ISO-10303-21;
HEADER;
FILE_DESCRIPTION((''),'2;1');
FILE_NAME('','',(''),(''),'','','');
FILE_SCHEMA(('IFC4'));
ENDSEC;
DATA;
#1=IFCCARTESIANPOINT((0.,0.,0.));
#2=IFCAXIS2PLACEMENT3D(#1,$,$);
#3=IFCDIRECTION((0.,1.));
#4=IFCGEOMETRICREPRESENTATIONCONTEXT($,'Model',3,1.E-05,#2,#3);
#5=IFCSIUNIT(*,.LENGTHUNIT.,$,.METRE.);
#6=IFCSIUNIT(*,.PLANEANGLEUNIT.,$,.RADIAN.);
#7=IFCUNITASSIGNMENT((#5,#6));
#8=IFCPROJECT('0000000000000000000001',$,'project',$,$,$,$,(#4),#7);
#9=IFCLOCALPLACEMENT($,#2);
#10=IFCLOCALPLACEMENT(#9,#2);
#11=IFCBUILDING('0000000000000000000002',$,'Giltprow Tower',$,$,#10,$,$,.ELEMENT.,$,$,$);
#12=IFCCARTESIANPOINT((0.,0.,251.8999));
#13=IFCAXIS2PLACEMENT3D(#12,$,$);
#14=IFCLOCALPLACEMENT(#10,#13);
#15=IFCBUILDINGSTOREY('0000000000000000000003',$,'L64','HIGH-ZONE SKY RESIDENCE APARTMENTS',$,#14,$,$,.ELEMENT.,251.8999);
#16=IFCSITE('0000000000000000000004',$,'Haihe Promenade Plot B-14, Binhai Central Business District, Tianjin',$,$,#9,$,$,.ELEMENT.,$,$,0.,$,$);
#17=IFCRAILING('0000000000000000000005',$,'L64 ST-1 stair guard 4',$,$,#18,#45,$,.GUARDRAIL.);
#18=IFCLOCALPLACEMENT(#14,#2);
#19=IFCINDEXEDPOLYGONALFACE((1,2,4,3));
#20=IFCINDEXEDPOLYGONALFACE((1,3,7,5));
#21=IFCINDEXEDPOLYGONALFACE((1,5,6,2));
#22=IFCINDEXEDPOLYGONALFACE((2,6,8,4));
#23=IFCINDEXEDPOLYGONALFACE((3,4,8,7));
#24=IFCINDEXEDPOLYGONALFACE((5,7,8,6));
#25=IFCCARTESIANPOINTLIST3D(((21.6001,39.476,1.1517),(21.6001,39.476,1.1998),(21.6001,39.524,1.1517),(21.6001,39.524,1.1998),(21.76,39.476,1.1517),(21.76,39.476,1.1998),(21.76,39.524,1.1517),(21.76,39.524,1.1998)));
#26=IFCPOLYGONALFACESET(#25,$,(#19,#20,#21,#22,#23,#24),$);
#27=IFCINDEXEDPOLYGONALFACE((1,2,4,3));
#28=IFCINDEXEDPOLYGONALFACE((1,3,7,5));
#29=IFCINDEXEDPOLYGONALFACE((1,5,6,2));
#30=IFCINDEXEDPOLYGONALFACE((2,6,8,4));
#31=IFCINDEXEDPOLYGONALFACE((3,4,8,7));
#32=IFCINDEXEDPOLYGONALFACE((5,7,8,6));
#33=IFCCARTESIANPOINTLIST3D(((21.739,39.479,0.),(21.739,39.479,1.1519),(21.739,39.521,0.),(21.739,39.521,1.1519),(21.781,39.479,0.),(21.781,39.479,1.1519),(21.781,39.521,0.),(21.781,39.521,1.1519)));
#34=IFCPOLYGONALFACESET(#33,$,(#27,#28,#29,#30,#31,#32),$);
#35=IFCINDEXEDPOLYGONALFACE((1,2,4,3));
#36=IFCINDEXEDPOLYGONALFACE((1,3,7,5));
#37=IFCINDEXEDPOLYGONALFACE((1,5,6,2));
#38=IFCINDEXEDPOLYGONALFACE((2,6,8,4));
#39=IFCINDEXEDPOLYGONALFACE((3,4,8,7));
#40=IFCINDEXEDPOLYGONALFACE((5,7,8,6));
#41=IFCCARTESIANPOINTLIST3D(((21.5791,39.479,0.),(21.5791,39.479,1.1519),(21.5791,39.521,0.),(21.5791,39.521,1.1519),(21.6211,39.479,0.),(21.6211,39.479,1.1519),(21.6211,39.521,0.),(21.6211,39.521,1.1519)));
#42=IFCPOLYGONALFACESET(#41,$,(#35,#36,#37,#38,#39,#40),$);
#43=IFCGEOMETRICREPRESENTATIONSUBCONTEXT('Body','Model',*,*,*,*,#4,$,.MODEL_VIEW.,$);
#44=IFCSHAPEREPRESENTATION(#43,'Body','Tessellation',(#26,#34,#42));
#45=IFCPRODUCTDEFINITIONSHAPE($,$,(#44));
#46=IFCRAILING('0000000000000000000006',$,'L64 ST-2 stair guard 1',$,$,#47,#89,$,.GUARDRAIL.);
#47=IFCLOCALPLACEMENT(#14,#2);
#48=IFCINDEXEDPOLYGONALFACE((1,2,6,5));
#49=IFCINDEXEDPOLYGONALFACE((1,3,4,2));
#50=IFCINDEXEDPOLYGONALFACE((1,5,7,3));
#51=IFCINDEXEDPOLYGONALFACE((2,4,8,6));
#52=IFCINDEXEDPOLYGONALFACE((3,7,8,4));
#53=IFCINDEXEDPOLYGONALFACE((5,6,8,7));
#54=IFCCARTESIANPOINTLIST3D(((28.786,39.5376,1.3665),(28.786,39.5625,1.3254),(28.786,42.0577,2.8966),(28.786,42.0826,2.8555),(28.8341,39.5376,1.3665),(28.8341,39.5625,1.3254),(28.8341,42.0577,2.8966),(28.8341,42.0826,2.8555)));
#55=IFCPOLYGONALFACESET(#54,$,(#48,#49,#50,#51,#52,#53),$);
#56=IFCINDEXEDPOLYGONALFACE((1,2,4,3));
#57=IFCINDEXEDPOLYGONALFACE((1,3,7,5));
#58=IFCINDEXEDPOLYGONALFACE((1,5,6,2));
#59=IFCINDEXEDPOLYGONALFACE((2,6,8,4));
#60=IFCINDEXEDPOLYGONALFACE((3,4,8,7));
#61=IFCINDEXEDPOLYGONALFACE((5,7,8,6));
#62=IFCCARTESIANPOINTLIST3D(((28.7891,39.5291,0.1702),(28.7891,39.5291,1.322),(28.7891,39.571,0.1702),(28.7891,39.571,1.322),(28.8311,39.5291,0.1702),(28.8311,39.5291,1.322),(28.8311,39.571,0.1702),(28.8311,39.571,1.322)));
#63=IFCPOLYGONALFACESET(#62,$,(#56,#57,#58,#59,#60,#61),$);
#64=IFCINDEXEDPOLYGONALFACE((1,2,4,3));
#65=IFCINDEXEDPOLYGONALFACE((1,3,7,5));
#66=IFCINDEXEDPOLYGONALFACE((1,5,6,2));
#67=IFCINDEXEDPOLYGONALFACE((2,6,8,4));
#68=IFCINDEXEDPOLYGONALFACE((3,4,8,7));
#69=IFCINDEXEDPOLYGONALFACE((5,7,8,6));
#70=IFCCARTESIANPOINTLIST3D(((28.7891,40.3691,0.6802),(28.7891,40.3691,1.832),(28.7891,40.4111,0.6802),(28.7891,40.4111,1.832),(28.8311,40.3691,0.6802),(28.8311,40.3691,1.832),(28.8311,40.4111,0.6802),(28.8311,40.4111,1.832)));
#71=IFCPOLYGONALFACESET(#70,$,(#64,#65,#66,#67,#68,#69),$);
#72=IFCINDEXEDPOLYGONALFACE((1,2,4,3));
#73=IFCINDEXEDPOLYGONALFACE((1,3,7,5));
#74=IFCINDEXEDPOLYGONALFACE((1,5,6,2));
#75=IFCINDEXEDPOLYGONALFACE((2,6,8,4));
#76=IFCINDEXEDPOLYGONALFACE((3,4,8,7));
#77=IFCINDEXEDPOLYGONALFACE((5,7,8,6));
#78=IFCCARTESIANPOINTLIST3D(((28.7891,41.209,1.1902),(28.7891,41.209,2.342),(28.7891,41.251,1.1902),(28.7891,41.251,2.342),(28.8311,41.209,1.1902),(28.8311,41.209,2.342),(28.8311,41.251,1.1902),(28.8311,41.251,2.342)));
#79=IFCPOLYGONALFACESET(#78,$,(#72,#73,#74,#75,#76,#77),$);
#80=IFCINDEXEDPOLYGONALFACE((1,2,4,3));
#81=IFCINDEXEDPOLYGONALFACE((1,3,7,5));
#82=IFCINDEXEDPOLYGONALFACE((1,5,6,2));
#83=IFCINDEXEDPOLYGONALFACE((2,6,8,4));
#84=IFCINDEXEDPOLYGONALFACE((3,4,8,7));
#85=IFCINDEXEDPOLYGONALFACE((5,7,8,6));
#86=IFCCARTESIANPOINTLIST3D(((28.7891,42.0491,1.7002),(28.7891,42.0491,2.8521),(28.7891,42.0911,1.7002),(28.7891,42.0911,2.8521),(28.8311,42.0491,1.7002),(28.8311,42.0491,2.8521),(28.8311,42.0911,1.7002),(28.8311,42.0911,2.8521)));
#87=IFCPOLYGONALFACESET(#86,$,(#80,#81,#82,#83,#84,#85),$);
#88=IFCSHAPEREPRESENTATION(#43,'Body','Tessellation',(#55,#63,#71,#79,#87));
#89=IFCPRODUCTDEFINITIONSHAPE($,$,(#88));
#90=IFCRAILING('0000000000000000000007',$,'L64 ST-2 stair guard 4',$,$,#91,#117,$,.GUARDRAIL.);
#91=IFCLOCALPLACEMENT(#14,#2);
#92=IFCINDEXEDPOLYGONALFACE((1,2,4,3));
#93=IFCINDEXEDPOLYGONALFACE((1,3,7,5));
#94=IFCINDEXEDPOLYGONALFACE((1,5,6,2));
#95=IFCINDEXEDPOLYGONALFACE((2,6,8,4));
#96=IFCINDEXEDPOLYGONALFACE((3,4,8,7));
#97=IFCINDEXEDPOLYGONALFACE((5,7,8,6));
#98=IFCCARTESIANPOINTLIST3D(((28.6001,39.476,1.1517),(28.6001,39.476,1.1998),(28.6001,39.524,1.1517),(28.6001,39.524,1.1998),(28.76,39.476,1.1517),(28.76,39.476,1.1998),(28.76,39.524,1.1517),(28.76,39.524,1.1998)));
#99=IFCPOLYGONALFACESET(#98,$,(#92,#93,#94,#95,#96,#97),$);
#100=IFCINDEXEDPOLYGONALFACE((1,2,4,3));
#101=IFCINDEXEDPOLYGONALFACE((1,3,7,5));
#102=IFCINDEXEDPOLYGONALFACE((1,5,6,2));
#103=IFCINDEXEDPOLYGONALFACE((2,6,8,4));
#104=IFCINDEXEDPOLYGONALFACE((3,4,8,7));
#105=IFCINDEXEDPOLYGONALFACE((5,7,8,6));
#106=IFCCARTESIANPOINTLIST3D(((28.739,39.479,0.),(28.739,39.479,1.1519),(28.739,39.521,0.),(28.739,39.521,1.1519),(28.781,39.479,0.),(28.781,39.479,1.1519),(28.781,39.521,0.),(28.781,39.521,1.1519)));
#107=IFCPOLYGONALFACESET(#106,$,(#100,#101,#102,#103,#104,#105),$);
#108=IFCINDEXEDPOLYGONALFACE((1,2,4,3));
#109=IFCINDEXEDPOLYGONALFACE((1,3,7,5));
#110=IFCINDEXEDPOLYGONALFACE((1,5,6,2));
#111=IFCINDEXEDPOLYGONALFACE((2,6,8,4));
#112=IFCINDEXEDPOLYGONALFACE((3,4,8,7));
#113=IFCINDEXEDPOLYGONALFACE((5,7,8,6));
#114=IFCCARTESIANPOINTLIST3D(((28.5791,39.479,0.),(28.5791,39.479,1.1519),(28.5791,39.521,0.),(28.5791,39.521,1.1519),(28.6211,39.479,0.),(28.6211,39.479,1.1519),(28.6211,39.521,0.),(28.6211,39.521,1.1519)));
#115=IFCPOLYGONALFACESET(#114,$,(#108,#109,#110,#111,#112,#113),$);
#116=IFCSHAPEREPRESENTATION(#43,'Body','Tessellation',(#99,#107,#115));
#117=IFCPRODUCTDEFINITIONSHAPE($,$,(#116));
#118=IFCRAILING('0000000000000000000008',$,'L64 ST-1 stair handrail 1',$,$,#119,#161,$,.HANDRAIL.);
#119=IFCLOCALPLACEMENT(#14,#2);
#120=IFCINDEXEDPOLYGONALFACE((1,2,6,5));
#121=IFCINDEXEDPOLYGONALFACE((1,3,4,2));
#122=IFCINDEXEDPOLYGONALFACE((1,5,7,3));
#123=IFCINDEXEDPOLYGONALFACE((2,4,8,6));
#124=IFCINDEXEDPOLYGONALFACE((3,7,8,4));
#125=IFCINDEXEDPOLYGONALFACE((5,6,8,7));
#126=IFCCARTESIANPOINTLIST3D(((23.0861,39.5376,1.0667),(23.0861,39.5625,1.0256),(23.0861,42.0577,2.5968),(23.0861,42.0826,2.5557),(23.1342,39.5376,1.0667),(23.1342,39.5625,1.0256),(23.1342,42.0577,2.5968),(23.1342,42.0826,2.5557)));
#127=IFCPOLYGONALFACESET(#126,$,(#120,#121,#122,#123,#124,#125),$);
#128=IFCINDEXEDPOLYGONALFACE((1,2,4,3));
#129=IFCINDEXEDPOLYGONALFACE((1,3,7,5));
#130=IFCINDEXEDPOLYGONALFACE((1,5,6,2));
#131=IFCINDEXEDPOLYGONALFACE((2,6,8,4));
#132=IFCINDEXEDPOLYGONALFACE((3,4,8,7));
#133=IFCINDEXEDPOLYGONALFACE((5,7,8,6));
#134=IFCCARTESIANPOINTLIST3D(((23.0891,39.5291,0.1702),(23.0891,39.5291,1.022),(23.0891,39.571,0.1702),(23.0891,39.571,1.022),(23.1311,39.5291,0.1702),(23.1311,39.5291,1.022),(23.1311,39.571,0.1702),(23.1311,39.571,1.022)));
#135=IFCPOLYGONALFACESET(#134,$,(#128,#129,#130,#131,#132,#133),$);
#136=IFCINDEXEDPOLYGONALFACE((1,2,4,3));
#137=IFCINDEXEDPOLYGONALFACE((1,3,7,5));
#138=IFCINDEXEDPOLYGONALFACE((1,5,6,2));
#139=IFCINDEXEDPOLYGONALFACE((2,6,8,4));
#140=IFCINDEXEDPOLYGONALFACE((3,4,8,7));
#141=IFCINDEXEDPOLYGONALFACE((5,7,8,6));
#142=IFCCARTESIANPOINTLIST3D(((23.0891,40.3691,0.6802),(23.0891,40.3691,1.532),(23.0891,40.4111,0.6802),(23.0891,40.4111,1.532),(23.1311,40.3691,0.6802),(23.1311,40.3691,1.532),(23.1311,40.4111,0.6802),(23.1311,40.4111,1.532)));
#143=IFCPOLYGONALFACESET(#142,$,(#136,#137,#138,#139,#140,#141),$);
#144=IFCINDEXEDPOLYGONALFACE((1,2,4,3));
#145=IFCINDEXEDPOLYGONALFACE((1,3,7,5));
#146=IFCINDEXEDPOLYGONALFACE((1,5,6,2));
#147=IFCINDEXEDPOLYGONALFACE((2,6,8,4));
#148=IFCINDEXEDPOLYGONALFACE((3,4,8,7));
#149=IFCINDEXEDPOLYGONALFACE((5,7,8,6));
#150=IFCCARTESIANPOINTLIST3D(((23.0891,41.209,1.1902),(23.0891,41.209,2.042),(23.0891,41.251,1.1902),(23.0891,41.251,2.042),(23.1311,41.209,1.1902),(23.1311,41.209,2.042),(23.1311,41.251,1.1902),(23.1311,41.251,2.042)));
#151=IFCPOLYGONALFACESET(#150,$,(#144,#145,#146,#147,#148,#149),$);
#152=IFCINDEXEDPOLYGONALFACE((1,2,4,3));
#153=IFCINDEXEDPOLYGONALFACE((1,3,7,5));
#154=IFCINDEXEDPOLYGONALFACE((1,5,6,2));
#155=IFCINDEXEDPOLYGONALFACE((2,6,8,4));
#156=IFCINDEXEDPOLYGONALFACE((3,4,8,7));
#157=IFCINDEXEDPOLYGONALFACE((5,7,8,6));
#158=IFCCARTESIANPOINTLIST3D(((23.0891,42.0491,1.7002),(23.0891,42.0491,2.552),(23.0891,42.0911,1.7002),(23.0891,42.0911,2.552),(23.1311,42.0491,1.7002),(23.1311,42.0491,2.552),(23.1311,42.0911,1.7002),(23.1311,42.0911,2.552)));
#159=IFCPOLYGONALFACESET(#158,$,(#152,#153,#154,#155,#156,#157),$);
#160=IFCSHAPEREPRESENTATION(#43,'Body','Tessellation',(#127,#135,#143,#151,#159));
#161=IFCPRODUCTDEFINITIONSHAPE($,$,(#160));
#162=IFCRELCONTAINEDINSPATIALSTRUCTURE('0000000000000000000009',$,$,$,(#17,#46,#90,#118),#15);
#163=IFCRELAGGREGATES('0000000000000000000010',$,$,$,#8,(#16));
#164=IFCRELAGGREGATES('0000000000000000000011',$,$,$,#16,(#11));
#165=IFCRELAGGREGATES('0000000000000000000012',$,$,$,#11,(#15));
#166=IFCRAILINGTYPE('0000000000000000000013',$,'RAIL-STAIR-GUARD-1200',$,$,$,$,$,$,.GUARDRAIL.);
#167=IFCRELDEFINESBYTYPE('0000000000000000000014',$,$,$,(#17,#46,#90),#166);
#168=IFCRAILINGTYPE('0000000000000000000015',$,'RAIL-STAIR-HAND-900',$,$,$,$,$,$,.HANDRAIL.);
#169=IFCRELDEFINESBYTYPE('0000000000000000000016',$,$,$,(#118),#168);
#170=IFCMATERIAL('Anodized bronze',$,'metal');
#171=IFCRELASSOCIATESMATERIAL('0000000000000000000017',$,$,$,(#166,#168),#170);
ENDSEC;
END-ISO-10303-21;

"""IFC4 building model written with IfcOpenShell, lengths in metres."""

from ifc_helpers import new_model, si_unit, direction, frame, origin, origin_2d, place, context, subcontext, project, spatial, rectangle, extrude, material, type_object, element, save


model = new_model("IFC4")

# Units and contexts
model_context = context("Model", 3, precision=1e-05, world=origin(), true_north=direction((0.0, 1.0)))
body_context = subcontext(model_context, "Body", "Model", "MODEL_VIEW")
ifc_project = project(units=[si_unit("LENGTHUNIT", "METRE"), si_unit("PLANEANGLEUNIT", "RADIAN")], contexts=[model_context])

# Site, building, storey
site_placement = place(None, origin())
site = spatial("IfcSite", under=ifc_project, at=site_placement, Name="Haihe Promenade Plot B-14, Binhai Central Business District, Tianjin", CompositionType="ELEMENT", RefElevation=0.0)
building_placement = place(site_placement, origin())
building = spatial("IfcBuilding", under=site, at=building_placement, Name="Giltprow Tower", CompositionType="ELEMENT")
storey_placement = place(building_placement, frame((0.0, 0.0, 251.8999)))
storey = spatial("IfcBuildingStorey", under=building, at=storey_placement, Name="L64", Description="HIGH-ZONE SKY RESIDENCE APARTMENTS", CompositionType="ELEMENT", Elevation=251.8999)

# Railings
ifc_material_1 = material(Name="Anodized bronze", Category="metal")
railing_type_1 = type_object("IfcRailingType", Name="RAIL-STAIR-GUARD-1200", PredefinedType="GUARDRAIL", material=ifc_material_1)
railing_1_placement = place(storey_placement, frame((21.76, 39.5, 0.0)))
element("IfcRailing", 1, at=railing_1_placement, inside=storey, type_object=railing_type_1, Name="L64 ST-1 stair guard 4", PredefinedType="GUARDRAIL", context=body_context, shape_type="SweptSolid", body=[
    extrude(rectangle(XDim=0.0481, YDim=0.0481, at=origin_2d()), frame((0.0, 0.0, 1.1758), z_axis=(-1.0, 0.0, 0.0), x_axis=(0.0, -1.0, 0.0)), (0.0, 0.0, 1.0), 0.1599),
    extrude(rectangle(XDim=0.042, YDim=0.042, at=origin_2d()), origin(), (0.0, 0.0, 1.0), 1.1519),
    extrude(rectangle(XDim=0.042, YDim=0.042, at=origin_2d()), frame((-0.1599, 0.0, 0.0)), (0.0, 0.0, 1.0), 1.1519),
])
railing_2_placement = place(storey_placement, frame((28.8101, 39.55, 0.1702)))
element("IfcRailing", 2, at=railing_2_placement, inside=storey, type_object=railing_type_1, Name="L64 ST-2 stair guard 1", PredefinedType="GUARDRAIL", context=body_context, shape_type="SweptSolid", body=[
    extrude(rectangle(XDim=0.0481, YDim=0.0481, at=origin_2d()), frame((0.0, 0.0, 1.1758), z_axis=(0.0, 0.854785, 0.518982), x_axis=(-1.0, 0.0, 0.0)), (0.0, 0.0, 1.0), 2.9482),
    extrude(rectangle(XDim=0.042, YDim=0.042, at=origin_2d()), origin(), (0.0, 0.0, 1.0), 1.1519),
    extrude(rectangle(XDim=0.042, YDim=0.042, at=origin_2d()), frame((0.0, 0.8401, 0.51)), (0.0, 0.0, 1.0), 1.1519),
    extrude(rectangle(XDim=0.042, YDim=0.042, at=origin_2d()), frame((0.0, 1.6799, 1.02)), (0.0, 0.0, 1.0), 1.1519),
    extrude(rectangle(XDim=0.042, YDim=0.042, at=origin_2d()), frame((0.0, 2.52, 1.53)), (0.0, 0.0, 1.0), 1.1519),
])
railing_3_placement = place(storey_placement, frame((28.76, 39.5, 0.0)))
element("IfcRailing", 3, at=railing_3_placement, inside=storey, type_object=railing_type_1, Name="L64 ST-2 stair guard 4", PredefinedType="GUARDRAIL", context=body_context, shape_type="SweptSolid", body=[
    extrude(rectangle(XDim=0.0481, YDim=0.0481, at=origin_2d()), frame((0.0, 0.0, 1.1758), z_axis=(-1.0, 0.0, 0.0), x_axis=(0.0, -1.0, 0.0)), (0.0, 0.0, 1.0), 0.1599),
    extrude(rectangle(XDim=0.042, YDim=0.042, at=origin_2d()), origin(), (0.0, 0.0, 1.0), 1.1519),
    extrude(rectangle(XDim=0.042, YDim=0.042, at=origin_2d()), frame((-0.1599, 0.0, 0.0)), (0.0, 0.0, 1.0), 1.1519),
])
railing_type_2 = type_object("IfcRailingType", Name="RAIL-STAIR-HAND-900", PredefinedType="HANDRAIL", material=ifc_material_1)
railing_4_placement = place(storey_placement, frame((23.1101, 39.55, 0.1702)))
element("IfcRailing", 4, at=railing_4_placement, inside=storey, type_object=railing_type_2, Name="L64 ST-1 stair handrail 1", PredefinedType="HANDRAIL", context=body_context, shape_type="SweptSolid", body=[
    extrude(rectangle(XDim=0.0481, YDim=0.0481, at=origin_2d()), frame((0.0, 0.0, 0.876), z_axis=(0.0, 0.854785, 0.518982), x_axis=(-1.0, 0.0, 0.0)), (0.0, 0.0, 1.0), 2.9482),
    extrude(rectangle(XDim=0.042, YDim=0.042, at=origin_2d()), origin(), (0.0, 0.0, 1.0), 0.8518),
    extrude(rectangle(XDim=0.042, YDim=0.042, at=origin_2d()), frame((0.0, 0.8401, 0.51)), (0.0, 0.0, 1.0), 0.8518),
    extrude(rectangle(XDim=0.042, YDim=0.042, at=origin_2d()), frame((0.0, 1.6799, 1.02)), (0.0, 0.0, 1.0), 0.8518),
    extrude(rectangle(XDim=0.042, YDim=0.042, at=origin_2d()), frame((0.0, 2.52, 1.53)), (0.0, 0.0, 1.0), 0.8518),
])

save(model, "model.ifc")
